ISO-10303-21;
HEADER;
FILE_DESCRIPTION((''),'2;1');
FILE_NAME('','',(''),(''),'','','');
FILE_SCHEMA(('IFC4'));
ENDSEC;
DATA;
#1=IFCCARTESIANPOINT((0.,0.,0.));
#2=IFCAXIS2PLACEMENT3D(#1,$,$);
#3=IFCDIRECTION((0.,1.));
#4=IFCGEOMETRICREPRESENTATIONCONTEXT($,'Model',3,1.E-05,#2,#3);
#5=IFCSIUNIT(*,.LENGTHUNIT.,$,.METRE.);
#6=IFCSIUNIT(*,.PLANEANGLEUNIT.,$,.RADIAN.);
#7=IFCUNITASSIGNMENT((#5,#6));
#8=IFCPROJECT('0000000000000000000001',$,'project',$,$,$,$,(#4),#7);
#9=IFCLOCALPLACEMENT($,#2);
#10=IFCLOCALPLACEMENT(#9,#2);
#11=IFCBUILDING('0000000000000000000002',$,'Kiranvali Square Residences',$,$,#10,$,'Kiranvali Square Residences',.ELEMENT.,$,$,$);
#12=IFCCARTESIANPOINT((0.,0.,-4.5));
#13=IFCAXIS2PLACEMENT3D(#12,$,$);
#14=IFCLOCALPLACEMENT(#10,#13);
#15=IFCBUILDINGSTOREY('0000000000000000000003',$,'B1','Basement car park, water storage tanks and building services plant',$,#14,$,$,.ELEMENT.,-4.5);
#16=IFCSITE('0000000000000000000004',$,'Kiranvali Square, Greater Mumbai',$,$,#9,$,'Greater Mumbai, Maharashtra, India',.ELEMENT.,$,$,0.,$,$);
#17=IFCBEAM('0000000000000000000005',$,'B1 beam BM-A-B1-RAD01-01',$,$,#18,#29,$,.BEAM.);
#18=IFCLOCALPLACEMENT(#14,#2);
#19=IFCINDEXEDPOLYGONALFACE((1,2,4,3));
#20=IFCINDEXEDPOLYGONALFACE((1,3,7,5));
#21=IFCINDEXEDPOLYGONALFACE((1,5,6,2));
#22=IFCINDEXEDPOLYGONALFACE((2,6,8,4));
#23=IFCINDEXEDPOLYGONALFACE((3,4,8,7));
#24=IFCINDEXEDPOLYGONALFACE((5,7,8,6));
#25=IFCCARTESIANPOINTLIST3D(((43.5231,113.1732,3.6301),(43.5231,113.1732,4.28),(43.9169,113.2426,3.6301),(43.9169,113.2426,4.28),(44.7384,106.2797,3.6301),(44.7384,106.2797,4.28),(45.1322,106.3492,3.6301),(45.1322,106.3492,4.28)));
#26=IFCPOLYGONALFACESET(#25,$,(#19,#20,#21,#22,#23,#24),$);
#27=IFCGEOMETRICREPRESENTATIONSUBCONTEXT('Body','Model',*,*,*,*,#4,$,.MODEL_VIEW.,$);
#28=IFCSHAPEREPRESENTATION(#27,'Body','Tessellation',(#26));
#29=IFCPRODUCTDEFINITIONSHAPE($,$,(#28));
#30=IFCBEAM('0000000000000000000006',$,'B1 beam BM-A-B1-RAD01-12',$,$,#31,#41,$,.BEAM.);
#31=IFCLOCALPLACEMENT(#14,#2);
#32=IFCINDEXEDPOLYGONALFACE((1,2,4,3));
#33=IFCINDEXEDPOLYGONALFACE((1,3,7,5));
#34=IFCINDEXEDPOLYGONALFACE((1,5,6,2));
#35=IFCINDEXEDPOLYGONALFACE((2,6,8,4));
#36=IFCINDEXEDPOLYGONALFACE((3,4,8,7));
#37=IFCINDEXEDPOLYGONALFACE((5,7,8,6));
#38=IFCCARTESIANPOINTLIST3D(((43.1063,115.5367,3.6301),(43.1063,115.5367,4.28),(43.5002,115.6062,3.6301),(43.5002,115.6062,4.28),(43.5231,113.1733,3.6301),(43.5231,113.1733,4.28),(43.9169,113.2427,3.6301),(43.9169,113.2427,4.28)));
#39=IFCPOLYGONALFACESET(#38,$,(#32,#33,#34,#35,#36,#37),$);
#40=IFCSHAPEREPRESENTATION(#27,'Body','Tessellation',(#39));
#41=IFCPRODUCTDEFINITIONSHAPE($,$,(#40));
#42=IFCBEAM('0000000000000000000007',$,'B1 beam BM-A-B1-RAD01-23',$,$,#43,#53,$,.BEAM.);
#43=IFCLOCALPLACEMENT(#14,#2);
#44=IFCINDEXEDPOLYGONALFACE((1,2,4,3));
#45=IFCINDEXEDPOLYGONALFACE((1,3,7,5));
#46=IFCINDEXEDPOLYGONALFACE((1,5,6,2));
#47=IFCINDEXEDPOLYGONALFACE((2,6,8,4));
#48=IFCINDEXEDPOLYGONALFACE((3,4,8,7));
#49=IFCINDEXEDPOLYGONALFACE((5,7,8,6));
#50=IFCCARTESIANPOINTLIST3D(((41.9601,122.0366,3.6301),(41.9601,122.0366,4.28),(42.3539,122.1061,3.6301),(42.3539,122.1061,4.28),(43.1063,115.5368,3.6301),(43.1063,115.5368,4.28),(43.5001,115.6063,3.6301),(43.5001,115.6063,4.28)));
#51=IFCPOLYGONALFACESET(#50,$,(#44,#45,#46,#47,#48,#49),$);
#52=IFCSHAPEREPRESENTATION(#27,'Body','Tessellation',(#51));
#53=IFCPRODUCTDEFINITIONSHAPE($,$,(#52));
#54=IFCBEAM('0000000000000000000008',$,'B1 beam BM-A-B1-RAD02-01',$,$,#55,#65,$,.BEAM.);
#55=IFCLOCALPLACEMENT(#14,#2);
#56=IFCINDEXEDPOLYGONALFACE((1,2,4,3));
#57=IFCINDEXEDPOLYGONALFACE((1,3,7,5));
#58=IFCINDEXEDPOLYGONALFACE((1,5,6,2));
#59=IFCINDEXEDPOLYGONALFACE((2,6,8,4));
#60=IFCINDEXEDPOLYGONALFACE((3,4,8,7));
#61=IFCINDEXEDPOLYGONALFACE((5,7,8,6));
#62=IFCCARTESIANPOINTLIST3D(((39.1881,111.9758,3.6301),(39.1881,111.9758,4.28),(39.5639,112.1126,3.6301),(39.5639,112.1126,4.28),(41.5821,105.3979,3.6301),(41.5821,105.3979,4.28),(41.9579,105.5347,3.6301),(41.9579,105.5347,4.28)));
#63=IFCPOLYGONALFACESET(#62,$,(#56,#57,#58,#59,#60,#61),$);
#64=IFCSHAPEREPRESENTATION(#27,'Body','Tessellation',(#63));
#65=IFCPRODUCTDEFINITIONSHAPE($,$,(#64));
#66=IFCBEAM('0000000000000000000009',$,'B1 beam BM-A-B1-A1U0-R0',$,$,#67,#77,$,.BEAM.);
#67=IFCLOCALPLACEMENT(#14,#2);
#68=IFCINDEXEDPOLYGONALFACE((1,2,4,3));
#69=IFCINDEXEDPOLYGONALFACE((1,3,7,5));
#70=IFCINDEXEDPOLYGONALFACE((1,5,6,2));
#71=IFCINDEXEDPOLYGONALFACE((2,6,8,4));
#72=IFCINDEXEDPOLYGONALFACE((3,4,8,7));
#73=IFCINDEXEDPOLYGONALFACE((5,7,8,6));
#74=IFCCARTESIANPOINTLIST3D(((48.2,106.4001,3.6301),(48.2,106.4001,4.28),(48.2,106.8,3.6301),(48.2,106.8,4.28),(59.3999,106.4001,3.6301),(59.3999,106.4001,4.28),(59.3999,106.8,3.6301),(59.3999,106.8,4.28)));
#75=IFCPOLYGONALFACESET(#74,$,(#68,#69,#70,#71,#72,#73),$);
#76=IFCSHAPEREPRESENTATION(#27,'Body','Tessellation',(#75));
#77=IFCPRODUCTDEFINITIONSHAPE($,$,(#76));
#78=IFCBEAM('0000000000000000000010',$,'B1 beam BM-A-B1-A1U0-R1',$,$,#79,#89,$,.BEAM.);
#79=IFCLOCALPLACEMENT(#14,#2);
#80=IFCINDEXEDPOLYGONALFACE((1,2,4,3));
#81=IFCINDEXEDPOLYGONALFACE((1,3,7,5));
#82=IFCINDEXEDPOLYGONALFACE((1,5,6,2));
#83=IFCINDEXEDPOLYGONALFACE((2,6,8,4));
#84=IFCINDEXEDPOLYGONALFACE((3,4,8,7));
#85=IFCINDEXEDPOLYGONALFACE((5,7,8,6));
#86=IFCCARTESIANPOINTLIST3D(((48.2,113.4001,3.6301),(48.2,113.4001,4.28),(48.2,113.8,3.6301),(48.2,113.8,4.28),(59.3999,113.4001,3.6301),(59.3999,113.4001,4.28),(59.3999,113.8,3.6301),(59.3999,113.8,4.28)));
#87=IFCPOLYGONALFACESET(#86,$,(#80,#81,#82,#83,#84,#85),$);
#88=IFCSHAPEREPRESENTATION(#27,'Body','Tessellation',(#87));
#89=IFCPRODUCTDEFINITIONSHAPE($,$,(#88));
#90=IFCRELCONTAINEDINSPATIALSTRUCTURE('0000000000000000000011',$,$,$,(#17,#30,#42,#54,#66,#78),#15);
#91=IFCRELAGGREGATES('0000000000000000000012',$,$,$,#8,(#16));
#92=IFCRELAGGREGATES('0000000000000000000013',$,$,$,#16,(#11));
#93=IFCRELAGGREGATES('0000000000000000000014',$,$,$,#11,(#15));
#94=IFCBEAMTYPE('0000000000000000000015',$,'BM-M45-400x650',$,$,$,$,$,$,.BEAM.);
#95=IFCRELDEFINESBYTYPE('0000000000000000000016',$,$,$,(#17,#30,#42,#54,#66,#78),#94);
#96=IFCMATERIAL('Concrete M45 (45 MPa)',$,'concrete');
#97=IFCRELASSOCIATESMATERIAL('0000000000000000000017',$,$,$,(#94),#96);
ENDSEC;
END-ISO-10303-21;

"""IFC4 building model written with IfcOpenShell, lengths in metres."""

from ifc_helpers import new_model, si_unit, direction, frame, origin, origin_2d, place, context, subcontext, project, spatial, rectangle, extrude, material, material_profile, profile_set, type_object, element, save


model = new_model("IFC4")

# Units and contexts
model_context = context("Model", 3, precision=1e-05, world=origin(), true_north=direction((0.0, 1.0)))
body_context = subcontext(model_context, "Body", "Model", "MODEL_VIEW")
ifc_project = project(units=[si_unit("LENGTHUNIT", "METRE"), si_unit("PLANEANGLEUNIT", "RADIAN")], contexts=[model_context])

# Site, building, storey
site_placement = place(None, origin())
site = spatial("IfcSite", under=ifc_project, at=site_placement, Name="Kiranvali Square, Greater Mumbai", LongName="Greater Mumbai, Maharashtra, India", CompositionType="ELEMENT", RefElevation=0.0)
building_placement = place(site_placement, origin())
building = spatial("IfcBuilding", under=site, at=building_placement, Name="Kiranvali Square Residences", LongName="Kiranvali Square Residences", CompositionType="ELEMENT")
storey_placement = place(building_placement, frame((0.0, 0.0, -4.5)))
storey = spatial("IfcBuildingStorey", under=building, at=storey_placement, Name="B1", Description="Basement car park, water storage tanks and building services plant", CompositionType="ELEMENT", Elevation=-4.5)

# Shared definitions
ifc_material_1 = material(Name="Concrete M45 (45 MPa)", Category="concrete")

# Beams
ifc_material_profile_1 = material_profile(ifc_material_1, rectangle(XDim=0.3999, YDim=0.6499, at=origin_2d()), Name="RC 400x650")
ifc_profile_set_1 = profile_set([ifc_material_profile_1], Name="Concrete M45 (45 MPa)")
beam_type = type_object("IfcBeamType", Name="BM-M45-400x650", PredefinedType="BEAM", material=ifc_profile_set_1)
beam_1_placement = place(storey_placement, frame((44.9353, 106.3145, 3.9551), z_axis=(-0.173622, 0.984812, 0.0), x_axis=(-0.984812, -0.173622, 0.0)))
element("IfcBeam", 1, at=beam_1_placement, inside=storey, type_object=beam_type, Name="B1 beam BM-A-B1-RAD01-01", PredefinedType="BEAM", context=body_context, shape_type="SweptSolid", body=[
    extrude(rectangle(XDim=0.3999, YDim=0.6499, at=origin_2d()), origin(), (0.0, 0.0, 1.0), 6.9998),
])
beam_2_placement = place(storey_placement, frame((43.72, 113.208, 3.9551), z_axis=(-0.173646, 0.984808, 0.0), x_axis=(-0.984808, -0.173646, 0.0)))
element("IfcBeam", 2, at=beam_2_placement, inside=storey, type_object=beam_type, Name="B1 beam BM-A-B1-RAD01-12", PredefinedType="BEAM", context=body_context, shape_type="SweptSolid", body=[
    extrude(rectangle(XDim=0.3999, YDim=0.6499, at=origin_2d()), origin(), (0.0, 0.0, 1.0), 2.3999),
])
beam_3_placement = place(storey_placement, frame((43.3032, 115.5715, 3.9551), z_axis=(-0.173671, 0.984804, 0.0), x_axis=(-0.984804, -0.173671, 0.0)))
element("IfcBeam", 3, at=beam_3_placement, inside=storey, type_object=beam_type, Name="B1 beam BM-A-B1-RAD01-23", PredefinedType="BEAM", context=body_context, shape_type="SweptSolid", body=[
    extrude(rectangle(XDim=0.3999, YDim=0.6499, at=origin_2d()), origin(), (0.0, 0.0, 1.0), 6.6001),
])
beam_4_placement = place(storey_placement, frame((41.77, 105.4663, 3.9551), z_axis=(-0.342006, 0.939698, 0.0), x_axis=(-0.939698, -0.342006, 0.0)))
element("IfcBeam", 4, at=beam_4_placement, inside=storey, type_object=beam_type, Name="B1 beam BM-A-B1-RAD02-01", PredefinedType="BEAM", context=body_context, shape_type="SweptSolid", body=[
    extrude(rectangle(XDim=0.3999, YDim=0.6499, at=origin_2d()), origin(), (0.0, 0.0, 1.0), 7.0),
])
for number, where, z_axis, x_axis, name in (
    (5, (48.2, 106.6001, 3.9551), (1.0, 0.0, 0.0), (0.0, 1.0, 0.0), "B1 beam BM-A-B1-A1U0-R0"),
    (6, (48.2, 113.6001, 3.9551), (1.0, 0.0, 0.0), (0.0, 1.0, 0.0), "B1 beam BM-A-B1-A1U0-R1"),
):
    element("IfcBeam", number, at=place(storey_placement, frame(where, z_axis=z_axis, x_axis=x_axis)), inside=storey, type_object=beam_type, Name=name, PredefinedType="BEAM", context=body_context, shape_type="SweptSolid", body=[
        extrude(rectangle(XDim=0.3999, YDim=0.6499, at=origin_2d()), origin(), (0.0, 0.0, 1.0), 11.2),
    ])

save(model, "model.ifc")
